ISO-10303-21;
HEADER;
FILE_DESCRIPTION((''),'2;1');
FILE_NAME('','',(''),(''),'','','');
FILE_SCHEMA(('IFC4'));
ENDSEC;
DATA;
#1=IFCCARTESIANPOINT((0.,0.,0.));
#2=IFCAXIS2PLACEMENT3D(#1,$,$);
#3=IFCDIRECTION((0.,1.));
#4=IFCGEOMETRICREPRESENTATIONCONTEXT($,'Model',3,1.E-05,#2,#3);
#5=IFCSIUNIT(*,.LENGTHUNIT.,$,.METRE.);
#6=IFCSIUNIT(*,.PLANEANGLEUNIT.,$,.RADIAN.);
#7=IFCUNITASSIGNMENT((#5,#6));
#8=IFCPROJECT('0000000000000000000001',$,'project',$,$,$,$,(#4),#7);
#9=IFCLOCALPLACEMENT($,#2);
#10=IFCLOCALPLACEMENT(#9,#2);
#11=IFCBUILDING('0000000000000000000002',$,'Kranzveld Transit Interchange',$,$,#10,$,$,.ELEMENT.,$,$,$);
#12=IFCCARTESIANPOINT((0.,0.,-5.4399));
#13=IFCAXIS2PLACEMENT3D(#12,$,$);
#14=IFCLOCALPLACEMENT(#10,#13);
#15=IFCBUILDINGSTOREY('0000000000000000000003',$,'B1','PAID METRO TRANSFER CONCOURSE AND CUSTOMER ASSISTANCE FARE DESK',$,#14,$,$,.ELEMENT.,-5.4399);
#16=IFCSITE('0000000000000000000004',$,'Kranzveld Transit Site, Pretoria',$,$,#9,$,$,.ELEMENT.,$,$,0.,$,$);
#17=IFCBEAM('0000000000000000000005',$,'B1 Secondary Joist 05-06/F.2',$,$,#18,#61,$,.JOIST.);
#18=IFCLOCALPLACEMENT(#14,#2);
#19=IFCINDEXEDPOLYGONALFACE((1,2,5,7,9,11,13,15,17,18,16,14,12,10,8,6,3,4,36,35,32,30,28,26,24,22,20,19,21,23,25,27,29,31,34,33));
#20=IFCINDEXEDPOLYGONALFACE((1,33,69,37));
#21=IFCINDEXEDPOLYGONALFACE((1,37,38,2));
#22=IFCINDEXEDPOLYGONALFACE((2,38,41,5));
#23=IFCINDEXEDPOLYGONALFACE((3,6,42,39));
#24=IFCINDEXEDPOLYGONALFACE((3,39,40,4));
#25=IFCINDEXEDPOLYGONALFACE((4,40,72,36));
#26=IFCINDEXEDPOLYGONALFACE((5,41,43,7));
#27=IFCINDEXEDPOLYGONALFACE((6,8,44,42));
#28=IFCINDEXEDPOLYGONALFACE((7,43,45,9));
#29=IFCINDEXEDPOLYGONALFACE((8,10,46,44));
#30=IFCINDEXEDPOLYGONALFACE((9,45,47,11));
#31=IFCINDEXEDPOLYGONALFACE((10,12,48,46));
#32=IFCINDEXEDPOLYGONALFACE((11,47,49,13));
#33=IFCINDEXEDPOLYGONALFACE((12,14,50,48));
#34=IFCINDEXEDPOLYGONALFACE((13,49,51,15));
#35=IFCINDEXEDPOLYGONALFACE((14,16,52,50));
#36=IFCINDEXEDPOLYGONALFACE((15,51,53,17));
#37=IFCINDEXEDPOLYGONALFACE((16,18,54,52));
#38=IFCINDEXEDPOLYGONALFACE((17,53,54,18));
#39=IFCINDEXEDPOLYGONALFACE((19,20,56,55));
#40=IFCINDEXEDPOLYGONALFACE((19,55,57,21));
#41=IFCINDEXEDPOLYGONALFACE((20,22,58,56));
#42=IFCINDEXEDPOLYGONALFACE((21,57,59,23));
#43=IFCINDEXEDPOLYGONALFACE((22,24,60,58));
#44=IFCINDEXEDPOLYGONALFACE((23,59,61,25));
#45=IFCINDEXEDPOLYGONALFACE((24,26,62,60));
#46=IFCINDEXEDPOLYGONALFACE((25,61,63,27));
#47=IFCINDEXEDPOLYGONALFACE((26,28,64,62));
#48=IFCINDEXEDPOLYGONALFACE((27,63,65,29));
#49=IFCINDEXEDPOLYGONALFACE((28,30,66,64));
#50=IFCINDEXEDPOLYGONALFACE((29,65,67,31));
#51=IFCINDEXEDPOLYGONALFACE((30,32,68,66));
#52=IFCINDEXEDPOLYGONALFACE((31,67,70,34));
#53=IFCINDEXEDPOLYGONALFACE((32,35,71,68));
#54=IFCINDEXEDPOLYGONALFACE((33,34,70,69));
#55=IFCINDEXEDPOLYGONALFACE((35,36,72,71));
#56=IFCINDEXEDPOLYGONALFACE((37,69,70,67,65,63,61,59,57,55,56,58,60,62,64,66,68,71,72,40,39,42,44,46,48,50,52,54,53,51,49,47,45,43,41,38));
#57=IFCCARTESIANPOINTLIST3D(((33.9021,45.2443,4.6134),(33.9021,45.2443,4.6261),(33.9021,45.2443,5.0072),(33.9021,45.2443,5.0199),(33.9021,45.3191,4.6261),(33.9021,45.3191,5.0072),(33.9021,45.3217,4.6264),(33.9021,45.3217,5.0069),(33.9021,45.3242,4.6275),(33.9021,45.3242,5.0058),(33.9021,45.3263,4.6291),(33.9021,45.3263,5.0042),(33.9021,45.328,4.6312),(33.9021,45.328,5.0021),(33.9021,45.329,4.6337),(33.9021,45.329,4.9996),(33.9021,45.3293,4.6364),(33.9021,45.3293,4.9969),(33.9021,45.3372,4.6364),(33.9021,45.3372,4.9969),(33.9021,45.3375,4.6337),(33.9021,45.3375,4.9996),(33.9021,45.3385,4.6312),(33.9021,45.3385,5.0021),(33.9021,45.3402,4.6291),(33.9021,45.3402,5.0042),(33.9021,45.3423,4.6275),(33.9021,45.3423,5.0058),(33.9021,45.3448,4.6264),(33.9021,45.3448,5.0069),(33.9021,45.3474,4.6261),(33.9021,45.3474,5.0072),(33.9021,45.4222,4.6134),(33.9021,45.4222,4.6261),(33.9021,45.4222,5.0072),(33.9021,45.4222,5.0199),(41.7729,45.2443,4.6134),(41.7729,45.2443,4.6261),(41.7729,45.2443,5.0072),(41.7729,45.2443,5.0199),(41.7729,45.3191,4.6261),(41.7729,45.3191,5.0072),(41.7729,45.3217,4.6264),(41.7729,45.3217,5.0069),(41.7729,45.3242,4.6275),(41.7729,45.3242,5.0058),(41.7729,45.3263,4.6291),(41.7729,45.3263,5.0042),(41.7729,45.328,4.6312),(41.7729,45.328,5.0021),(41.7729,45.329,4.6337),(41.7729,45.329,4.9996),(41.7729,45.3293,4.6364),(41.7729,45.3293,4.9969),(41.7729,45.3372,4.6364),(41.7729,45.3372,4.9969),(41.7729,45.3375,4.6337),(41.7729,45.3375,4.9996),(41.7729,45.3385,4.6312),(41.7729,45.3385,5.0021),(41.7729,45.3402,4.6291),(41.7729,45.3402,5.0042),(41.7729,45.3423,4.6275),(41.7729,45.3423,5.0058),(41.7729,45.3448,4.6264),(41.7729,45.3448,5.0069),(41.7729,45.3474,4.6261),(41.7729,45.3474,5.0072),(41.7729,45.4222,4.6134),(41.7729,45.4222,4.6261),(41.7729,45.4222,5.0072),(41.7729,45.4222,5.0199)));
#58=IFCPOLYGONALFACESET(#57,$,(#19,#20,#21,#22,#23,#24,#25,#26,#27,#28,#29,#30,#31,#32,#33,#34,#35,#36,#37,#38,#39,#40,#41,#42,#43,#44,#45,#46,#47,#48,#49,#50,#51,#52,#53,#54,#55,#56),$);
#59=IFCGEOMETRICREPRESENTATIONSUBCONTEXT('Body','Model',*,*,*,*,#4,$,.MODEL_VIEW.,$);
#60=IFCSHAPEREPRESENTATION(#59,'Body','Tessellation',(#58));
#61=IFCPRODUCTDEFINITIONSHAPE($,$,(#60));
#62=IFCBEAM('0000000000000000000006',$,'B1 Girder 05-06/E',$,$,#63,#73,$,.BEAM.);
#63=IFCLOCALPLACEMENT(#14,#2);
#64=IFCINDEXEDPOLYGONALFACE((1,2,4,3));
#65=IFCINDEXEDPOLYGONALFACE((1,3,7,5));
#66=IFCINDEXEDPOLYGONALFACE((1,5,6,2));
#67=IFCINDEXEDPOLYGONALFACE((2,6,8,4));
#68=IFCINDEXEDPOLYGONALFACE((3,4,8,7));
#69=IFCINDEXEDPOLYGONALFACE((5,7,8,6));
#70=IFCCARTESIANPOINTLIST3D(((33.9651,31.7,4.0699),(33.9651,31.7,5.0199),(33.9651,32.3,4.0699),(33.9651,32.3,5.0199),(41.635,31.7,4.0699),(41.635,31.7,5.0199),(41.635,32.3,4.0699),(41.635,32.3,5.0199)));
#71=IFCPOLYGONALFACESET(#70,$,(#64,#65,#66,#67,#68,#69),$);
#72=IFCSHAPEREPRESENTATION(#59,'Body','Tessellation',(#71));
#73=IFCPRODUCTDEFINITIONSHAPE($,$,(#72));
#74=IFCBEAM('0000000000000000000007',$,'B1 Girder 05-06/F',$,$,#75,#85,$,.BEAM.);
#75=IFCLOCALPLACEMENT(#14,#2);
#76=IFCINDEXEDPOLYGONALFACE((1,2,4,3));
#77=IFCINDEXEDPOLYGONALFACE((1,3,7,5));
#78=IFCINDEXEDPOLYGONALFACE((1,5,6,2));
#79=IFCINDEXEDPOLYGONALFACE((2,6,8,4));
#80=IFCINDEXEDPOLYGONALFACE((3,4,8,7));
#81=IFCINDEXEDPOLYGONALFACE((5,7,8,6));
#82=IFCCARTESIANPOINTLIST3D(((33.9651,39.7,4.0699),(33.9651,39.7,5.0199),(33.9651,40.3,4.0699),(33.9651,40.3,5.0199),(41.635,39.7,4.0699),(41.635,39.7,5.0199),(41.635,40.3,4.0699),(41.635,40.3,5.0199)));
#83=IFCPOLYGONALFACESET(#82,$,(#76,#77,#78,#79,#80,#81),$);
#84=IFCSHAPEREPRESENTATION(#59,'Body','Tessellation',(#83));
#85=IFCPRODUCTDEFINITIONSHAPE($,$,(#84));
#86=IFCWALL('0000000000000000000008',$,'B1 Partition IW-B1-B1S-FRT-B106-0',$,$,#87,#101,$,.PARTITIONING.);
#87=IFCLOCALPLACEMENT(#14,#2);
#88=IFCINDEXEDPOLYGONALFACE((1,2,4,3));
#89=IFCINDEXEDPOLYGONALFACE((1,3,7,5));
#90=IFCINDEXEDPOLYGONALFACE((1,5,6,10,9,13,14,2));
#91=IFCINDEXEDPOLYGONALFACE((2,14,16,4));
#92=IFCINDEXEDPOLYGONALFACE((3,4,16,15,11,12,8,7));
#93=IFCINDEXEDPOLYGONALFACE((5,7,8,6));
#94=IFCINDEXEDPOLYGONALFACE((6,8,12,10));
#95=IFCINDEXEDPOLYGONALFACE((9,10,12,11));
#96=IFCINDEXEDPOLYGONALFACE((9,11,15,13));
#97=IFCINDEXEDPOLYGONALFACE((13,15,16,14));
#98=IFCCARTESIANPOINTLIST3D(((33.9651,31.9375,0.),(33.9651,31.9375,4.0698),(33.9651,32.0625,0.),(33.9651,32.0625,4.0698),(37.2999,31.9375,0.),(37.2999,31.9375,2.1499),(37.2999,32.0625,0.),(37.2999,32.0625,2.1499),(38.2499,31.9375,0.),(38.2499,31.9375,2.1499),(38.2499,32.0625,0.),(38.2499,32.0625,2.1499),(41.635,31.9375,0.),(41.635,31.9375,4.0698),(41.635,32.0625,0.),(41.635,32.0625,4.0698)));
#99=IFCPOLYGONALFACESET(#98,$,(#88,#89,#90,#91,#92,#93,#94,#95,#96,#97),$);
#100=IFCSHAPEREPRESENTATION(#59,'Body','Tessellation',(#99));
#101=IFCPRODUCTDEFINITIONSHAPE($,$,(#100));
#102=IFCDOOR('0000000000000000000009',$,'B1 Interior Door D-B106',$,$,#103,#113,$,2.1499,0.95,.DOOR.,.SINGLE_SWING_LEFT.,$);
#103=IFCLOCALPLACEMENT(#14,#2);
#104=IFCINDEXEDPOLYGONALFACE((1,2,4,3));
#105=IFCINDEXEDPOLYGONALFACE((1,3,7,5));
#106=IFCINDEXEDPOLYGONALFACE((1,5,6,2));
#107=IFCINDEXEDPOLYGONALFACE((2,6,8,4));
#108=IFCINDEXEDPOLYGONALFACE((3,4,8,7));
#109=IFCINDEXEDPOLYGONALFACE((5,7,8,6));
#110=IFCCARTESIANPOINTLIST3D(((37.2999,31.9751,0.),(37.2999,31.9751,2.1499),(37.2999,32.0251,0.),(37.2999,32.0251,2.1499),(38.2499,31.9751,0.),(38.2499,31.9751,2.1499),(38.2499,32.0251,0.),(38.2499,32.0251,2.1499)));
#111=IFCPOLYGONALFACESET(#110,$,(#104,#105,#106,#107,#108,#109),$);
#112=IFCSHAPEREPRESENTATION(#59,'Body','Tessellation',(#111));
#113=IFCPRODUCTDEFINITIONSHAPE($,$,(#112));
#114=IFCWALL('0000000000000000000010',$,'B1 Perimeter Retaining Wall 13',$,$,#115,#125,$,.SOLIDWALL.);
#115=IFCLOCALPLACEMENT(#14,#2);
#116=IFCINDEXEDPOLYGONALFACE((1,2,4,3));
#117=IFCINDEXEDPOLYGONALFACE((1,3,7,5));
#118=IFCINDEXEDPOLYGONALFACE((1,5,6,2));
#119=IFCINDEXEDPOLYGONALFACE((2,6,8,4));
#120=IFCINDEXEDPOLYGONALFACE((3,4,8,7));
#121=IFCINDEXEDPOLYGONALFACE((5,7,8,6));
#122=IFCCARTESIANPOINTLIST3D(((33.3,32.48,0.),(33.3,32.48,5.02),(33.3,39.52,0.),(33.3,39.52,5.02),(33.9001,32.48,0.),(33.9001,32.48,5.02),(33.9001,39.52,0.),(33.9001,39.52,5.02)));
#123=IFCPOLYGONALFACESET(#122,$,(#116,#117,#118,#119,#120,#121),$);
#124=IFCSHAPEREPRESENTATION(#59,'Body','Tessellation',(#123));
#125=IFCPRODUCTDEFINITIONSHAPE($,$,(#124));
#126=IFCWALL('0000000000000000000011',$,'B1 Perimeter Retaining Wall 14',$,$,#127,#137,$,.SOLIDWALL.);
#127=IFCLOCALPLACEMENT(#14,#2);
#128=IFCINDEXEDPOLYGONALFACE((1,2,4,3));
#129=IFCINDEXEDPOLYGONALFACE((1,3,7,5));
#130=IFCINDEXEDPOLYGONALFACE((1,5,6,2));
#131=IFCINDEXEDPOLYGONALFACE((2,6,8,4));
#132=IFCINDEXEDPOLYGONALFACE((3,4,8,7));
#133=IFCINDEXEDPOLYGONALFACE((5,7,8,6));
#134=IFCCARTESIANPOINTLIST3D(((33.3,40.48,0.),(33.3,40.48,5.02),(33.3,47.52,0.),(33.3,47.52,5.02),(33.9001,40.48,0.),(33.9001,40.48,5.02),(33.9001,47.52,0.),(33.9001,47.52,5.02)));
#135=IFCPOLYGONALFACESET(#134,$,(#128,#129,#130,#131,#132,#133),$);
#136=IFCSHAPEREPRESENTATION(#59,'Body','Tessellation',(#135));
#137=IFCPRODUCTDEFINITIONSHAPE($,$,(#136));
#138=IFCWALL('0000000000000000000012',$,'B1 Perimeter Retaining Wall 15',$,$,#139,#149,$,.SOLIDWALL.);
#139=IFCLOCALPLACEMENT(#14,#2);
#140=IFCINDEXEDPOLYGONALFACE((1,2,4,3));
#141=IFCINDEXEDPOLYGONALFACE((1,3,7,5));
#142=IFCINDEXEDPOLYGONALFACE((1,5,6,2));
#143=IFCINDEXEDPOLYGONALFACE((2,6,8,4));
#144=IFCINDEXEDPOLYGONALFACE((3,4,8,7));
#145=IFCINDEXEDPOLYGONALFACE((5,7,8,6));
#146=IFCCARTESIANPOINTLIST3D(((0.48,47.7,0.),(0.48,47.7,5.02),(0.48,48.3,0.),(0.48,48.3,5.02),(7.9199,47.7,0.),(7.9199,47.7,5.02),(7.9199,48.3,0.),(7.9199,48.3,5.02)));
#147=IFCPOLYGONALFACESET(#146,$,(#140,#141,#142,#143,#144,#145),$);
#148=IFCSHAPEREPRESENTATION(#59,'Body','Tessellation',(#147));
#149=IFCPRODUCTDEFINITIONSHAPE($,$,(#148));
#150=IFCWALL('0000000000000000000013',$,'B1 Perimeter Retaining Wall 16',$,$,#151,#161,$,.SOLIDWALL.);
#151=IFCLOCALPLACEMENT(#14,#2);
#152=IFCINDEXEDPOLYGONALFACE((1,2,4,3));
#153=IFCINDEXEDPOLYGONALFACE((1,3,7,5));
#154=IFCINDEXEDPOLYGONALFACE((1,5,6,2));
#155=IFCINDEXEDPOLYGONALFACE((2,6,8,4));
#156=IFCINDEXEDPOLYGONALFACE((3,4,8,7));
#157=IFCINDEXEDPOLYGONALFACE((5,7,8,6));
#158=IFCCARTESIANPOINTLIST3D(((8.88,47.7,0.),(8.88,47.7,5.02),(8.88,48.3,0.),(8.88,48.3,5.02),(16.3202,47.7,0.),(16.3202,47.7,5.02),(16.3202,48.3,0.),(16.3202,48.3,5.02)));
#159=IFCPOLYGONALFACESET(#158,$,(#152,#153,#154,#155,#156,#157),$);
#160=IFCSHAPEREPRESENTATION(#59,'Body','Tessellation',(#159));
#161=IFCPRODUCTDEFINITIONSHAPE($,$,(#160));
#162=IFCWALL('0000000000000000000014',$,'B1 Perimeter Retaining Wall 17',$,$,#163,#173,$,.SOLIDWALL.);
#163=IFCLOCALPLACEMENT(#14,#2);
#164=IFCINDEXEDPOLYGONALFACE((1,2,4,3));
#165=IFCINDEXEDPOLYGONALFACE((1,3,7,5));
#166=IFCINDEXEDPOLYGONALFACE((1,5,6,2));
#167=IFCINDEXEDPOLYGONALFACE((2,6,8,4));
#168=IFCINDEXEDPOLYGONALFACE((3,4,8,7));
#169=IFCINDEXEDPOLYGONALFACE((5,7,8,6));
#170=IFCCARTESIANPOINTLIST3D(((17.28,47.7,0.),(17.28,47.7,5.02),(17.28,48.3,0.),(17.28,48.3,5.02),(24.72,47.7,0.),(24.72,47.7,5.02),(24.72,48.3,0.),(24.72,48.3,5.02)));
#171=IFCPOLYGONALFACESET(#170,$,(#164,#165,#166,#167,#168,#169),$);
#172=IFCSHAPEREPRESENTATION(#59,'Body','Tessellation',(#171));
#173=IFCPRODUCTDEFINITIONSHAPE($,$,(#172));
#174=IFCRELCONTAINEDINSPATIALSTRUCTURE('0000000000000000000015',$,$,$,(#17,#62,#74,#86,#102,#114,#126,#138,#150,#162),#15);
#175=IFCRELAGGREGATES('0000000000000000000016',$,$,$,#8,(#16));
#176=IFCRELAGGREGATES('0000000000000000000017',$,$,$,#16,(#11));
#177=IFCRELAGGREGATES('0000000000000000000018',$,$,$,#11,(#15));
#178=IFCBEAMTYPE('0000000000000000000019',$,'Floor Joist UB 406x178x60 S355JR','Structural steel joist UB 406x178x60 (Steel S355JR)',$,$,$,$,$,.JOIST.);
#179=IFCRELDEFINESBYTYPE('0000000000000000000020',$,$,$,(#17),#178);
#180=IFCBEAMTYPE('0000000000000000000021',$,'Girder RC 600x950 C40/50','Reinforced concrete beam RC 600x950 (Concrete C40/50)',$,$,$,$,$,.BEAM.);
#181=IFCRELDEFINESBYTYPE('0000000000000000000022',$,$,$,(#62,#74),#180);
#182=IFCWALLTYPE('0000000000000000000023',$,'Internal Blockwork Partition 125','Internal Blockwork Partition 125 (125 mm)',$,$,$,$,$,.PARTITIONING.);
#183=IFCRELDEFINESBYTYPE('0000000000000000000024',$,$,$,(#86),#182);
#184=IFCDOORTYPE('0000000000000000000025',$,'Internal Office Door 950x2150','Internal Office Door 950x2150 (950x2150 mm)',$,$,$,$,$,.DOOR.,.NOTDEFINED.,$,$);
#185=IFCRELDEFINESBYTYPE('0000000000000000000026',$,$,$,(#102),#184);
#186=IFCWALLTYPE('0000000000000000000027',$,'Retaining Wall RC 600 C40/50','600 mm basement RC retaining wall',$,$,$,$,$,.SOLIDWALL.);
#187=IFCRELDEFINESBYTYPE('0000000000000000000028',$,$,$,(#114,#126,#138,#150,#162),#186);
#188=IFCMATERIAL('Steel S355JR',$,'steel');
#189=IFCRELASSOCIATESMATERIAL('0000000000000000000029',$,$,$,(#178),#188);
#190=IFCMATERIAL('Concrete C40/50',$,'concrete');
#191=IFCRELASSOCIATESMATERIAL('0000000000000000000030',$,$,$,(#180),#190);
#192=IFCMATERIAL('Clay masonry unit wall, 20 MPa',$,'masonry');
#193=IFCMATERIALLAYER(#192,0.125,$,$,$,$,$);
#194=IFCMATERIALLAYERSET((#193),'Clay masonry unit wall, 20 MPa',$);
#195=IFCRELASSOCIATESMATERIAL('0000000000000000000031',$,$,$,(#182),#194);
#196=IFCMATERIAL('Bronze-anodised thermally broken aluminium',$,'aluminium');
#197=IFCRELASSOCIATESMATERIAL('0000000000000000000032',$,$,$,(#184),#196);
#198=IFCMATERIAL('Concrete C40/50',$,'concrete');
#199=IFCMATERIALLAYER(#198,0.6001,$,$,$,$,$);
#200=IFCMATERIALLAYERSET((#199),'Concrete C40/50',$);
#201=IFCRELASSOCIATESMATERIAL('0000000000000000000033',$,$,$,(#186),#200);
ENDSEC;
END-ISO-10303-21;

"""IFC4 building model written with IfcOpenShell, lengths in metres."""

from ifc_helpers import new_model, si_unit, direction, frame, frame_2d, origin, origin_2d, place, context, subcontext, project, spatial, rectangle, i_section, extrude, material, layer, layer_set, material_profile, profile_set, type_object, element, fill, save


model = new_model("IFC4")

# Units and contexts
model_context = context("Model", 3, precision=1e-05, world=origin(), true_north=direction((0.0, 1.0)))
body_context = subcontext(model_context, "Body", "Model", "MODEL_VIEW")
ifc_project = project(units=[si_unit("LENGTHUNIT", "METRE"), si_unit("PLANEANGLEUNIT", "RADIAN")], contexts=[model_context])

# Site, building, storey
site_placement = place(None, origin())
site = spatial("IfcSite", under=ifc_project, at=site_placement, Name="Kranzveld Transit Site, Pretoria", CompositionType="ELEMENT", RefElevation=0.0)
building_placement = place(site_placement, origin())
building = spatial("IfcBuilding", under=site, at=building_placement, Name="Kranzveld Transit Interchange", CompositionType="ELEMENT")
storey_placement = place(building_placement, frame((0.0, 0.0, -5.4399)))
storey = spatial("IfcBuildingStorey", under=building, at=storey_placement, Name="B1", Description="PAID METRO TRANSFER CONCOURSE AND CUSTOMER ASSISTANCE FARE DESK", CompositionType="ELEMENT", Elevation=-5.4399)

# Beams
ifc_material_1 = material(Name="Steel S355JR", Category="steel")
ifc_material_profile_1 = material_profile(ifc_material_1, i_section(OverallWidth=0.178, OverallDepth=0.4065, WebThickness=0.0078, FlangeThickness=0.0127, FilletRadius=0.0103, at=origin_2d()), Name="UB 406x178x60")
ifc_profile_set_1 = profile_set([ifc_material_profile_1], Name="Steel S355JR")
beam_type_1 = type_object("IfcBeamType", Name="Floor Joist UB 406x178x60 S355JR", Description="Structural steel joist UB 406x178x60 (Steel S355JR)", PredefinedType="JOIST", material=ifc_profile_set_1)
for number, where, z_axis, x_axis, name in (
    (1, (33.9021, 45.3333, 4.8167), (1.0, 0.0, 0.0), (0.0, 1.0, 0.0), "B1 Secondary Joist 05-06/F.2"),
):
    element("IfcBeam", number, at=place(storey_placement, frame(where, z_axis=z_axis, x_axis=x_axis)), inside=storey, type_object=beam_type_1, Name=name, PredefinedType="JOIST", context=body_context, shape_type="SweptSolid", body=[
        extrude(i_section(OverallWidth=0.178, OverallDepth=0.4065, WebThickness=0.0078, FlangeThickness=0.0127, FilletRadius=0.0103, at=origin_2d()), origin(), (0.0, 0.0, 1.0), 7.8708),
    ])
ifc_material_2 = material(Name="Concrete C40/50", Category="concrete")
ifc_material_profile_2 = material_profile(ifc_material_2, rectangle(XDim=0.6001, YDim=0.95, at=origin_2d()), Name="RC 600x950")
ifc_profile_set_2 = profile_set([ifc_material_profile_2], Name="Concrete C40/50")
beam_type_2 = type_object("IfcBeamType", Name="Girder RC 600x950 C40/50", Description="Reinforced concrete beam RC 600x950 (Concrete C40/50)", PredefinedType="BEAM", material=ifc_profile_set_2)
for number, where, z_axis, x_axis, name in (
    (2, (33.9651, 32.0, 4.5449), (1.0, 0.0, 0.0), (0.0, 1.0, 0.0), "B1 Girder 05-06/E"),
    (3, (33.9651, 40.0, 4.5449), (1.0, 0.0, 0.0), (0.0, 1.0, 0.0), "B1 Girder 05-06/F"),
):
    element("IfcBeam", number, at=place(storey_placement, frame(where, z_axis=z_axis, x_axis=x_axis)), inside=storey, type_object=beam_type_2, Name=name, PredefinedType="BEAM", context=body_context, shape_type="SweptSolid", body=[
        extrude(rectangle(XDim=0.6001, YDim=0.95, at=origin_2d()), origin(), (0.0, 0.0, 1.0), 7.6699),
    ])

# Wall, opening, door
ifc_material_3 = material(Name="Clay masonry unit wall, 20 MPa", Category="masonry")
ifc_layer_1 = layer(ifc_material_3, 0.125)
ifc_layer_set_1 = layer_set([ifc_layer_1], Name="Clay masonry unit wall, 20 MPa")
wall_type_1 = type_object("IfcWallType", Name="Internal Blockwork Partition 125", Description="Internal Blockwork Partition 125 (125 mm)", PredefinedType="PARTITIONING", material=ifc_layer_set_1)
wall_1_placement = place(storey_placement, frame((33.9651, 32.0, 0.0), z_axis=(0.0, 0.0, 1.0), x_axis=(1.0, 0.0, 0.0)))
wall_1 = element("IfcWall", 4, at=wall_1_placement, inside=storey, type_object=wall_type_1, Name="B1 Partition IW-B1-B1S-FRT-B106-0", PredefinedType="PARTITIONING", context=body_context, shape_type="SweptSolid", body=[
    extrude(rectangle(XDim=7.6699, YDim=0.125, at=frame_2d((3.835, 0.0))), origin(), (0.0, 0.0, 1.0), 4.0698),
])
opening_placement = place(wall_1_placement, frame((4.2849, 0.0, 0.0), z_axis=(0.0, 0.0, 1.0), x_axis=(-1.0, 0.0, 0.0)))
opening = element("IfcOpeningElement", 5, at=opening_placement, cuts=wall_1, PredefinedType="OPENING", context=body_context, shape_type="SweptSolid", body=[
    extrude(rectangle(XDim=0.95, YDim=2.1499, at=frame_2d((0.4751, 1.075))), frame((0.0, 0.0725, 0.0), z_axis=(0.0, -1.0, 0.0), x_axis=(1.0, 0.0, 0.0)), (0.0, 0.0, 1.0), 0.145),
])
ifc_material_4 = material(Name="Bronze-anodised thermally broken aluminium", Category="aluminium")
door_type = type_object("IfcDoorType", Name="Internal Office Door 950x2150", Description="Internal Office Door 950x2150 (950x2150 mm)", OperationType="NOTDEFINED", PredefinedType="DOOR", material=ifc_material_4)
door_placement = place(opening_placement, origin())
door = element("IfcDoor", 6, at=door_placement, inside=storey, type_object=door_type, Name="B1 Interior Door D-B106", OperationType="SINGLE_SWING_LEFT", OverallHeight=2.1499, OverallWidth=0.95, PredefinedType="DOOR", context=body_context, shape_type="SweptSolid", body=[
    extrude(rectangle(XDim=0.95, YDim=2.1499, at=frame_2d((0.4751, 1.075))), frame((0.0, 0.0249, 0.0), z_axis=(0.0, -1.0, 0.0), x_axis=(1.0, 0.0, 0.0)), (0.0, 0.0, 1.0), 0.05),
])
fill(opening, door)

# Walls
ifc_material_5 = material(Name="Concrete C40/50", Category="concrete")
ifc_layer_2 = layer(ifc_material_5, 0.6001)
ifc_layer_set_2 = layer_set([ifc_layer_2], Name="Concrete C40/50")
wall_type_2 = type_object("IfcWallType", Name="Retaining Wall RC 600 C40/50", Description="600 mm basement RC retaining wall", PredefinedType="SOLIDWALL", material=ifc_layer_set_2)
for number, where, z_axis, x_axis, name in (
    (7, (33.6001, 32.48, 0.0), (0.0, 0.0, 1.0), (0.0, 1.0, 0.0), "B1 Perimeter Retaining Wall 13"),
    (8, (33.6001, 40.48, 0.0), (0.0, 0.0, 1.0), (0.0, 1.0, 0.0), "B1 Perimeter Retaining Wall 14"),
):
    element("IfcWall", number, at=place(storey_placement, frame(where, z_axis=z_axis, x_axis=x_axis)), inside=storey, type_object=wall_type_2, Name=name, PredefinedType="SOLIDWALL", context=body_context, shape_type="SweptSolid", body=[
        extrude(rectangle(XDim=7.04, YDim=0.6001, at=frame_2d((3.52, 0.0))), origin(), (0.0, 0.0, 1.0), 5.02),
    ])
wall_2_placement = place(storey_placement, frame((0.48, 48.0, 0.0), z_axis=(0.0, 0.0, 1.0), x_axis=(1.0, 0.0, 0.0)))
element("IfcWall", 9, at=wall_2_placement, inside=storey, type_object=wall_type_2, Name="B1 Perimeter Retaining Wall 15", PredefinedType="SOLIDWALL", context=body_context, shape_type="SweptSolid", body=[
    extrude(rectangle(XDim=7.4399, YDim=0.6001, at=frame_2d((3.72, 0.0))), origin(), (0.0, 0.0, 1.0), 5.02),
])
wall_3_placement = place(storey_placement, frame((8.8799, 48.0, 0.0), z_axis=(0.0, 0.0, 1.0), x_axis=(1.0, 0.0, 0.0)))
element("IfcWall", 10, at=wall_3_placement, inside=storey, type_object=wall_type_2, Name="B1 Perimeter Retaining Wall 16", PredefinedType="SOLIDWALL", context=body_context, shape_type="SweptSolid", body=[
    extrude(rectangle(XDim=7.4402, YDim=0.6001, at=frame_2d((3.7202, 0.0))), origin(), (0.0, 0.0, 1.0), 5.02),
])
wall_4_placement = place(storey_placement, frame((17.28, 48.0, 0.0), z_axis=(0.0, 0.0, 1.0), x_axis=(1.0, 0.0, 0.0)))
element("IfcWall", 11, at=wall_4_placement, inside=storey, type_object=wall_type_2, Name="B1 Perimeter Retaining Wall 17", PredefinedType="SOLIDWALL", context=body_context, shape_type="SweptSolid", body=[
    extrude(rectangle(XDim=7.4399, YDim=0.6001, at=frame_2d((3.72, 0.0))), origin(), (0.0, 0.0, 1.0), 5.02),
])

save(model, "model.ifc")
